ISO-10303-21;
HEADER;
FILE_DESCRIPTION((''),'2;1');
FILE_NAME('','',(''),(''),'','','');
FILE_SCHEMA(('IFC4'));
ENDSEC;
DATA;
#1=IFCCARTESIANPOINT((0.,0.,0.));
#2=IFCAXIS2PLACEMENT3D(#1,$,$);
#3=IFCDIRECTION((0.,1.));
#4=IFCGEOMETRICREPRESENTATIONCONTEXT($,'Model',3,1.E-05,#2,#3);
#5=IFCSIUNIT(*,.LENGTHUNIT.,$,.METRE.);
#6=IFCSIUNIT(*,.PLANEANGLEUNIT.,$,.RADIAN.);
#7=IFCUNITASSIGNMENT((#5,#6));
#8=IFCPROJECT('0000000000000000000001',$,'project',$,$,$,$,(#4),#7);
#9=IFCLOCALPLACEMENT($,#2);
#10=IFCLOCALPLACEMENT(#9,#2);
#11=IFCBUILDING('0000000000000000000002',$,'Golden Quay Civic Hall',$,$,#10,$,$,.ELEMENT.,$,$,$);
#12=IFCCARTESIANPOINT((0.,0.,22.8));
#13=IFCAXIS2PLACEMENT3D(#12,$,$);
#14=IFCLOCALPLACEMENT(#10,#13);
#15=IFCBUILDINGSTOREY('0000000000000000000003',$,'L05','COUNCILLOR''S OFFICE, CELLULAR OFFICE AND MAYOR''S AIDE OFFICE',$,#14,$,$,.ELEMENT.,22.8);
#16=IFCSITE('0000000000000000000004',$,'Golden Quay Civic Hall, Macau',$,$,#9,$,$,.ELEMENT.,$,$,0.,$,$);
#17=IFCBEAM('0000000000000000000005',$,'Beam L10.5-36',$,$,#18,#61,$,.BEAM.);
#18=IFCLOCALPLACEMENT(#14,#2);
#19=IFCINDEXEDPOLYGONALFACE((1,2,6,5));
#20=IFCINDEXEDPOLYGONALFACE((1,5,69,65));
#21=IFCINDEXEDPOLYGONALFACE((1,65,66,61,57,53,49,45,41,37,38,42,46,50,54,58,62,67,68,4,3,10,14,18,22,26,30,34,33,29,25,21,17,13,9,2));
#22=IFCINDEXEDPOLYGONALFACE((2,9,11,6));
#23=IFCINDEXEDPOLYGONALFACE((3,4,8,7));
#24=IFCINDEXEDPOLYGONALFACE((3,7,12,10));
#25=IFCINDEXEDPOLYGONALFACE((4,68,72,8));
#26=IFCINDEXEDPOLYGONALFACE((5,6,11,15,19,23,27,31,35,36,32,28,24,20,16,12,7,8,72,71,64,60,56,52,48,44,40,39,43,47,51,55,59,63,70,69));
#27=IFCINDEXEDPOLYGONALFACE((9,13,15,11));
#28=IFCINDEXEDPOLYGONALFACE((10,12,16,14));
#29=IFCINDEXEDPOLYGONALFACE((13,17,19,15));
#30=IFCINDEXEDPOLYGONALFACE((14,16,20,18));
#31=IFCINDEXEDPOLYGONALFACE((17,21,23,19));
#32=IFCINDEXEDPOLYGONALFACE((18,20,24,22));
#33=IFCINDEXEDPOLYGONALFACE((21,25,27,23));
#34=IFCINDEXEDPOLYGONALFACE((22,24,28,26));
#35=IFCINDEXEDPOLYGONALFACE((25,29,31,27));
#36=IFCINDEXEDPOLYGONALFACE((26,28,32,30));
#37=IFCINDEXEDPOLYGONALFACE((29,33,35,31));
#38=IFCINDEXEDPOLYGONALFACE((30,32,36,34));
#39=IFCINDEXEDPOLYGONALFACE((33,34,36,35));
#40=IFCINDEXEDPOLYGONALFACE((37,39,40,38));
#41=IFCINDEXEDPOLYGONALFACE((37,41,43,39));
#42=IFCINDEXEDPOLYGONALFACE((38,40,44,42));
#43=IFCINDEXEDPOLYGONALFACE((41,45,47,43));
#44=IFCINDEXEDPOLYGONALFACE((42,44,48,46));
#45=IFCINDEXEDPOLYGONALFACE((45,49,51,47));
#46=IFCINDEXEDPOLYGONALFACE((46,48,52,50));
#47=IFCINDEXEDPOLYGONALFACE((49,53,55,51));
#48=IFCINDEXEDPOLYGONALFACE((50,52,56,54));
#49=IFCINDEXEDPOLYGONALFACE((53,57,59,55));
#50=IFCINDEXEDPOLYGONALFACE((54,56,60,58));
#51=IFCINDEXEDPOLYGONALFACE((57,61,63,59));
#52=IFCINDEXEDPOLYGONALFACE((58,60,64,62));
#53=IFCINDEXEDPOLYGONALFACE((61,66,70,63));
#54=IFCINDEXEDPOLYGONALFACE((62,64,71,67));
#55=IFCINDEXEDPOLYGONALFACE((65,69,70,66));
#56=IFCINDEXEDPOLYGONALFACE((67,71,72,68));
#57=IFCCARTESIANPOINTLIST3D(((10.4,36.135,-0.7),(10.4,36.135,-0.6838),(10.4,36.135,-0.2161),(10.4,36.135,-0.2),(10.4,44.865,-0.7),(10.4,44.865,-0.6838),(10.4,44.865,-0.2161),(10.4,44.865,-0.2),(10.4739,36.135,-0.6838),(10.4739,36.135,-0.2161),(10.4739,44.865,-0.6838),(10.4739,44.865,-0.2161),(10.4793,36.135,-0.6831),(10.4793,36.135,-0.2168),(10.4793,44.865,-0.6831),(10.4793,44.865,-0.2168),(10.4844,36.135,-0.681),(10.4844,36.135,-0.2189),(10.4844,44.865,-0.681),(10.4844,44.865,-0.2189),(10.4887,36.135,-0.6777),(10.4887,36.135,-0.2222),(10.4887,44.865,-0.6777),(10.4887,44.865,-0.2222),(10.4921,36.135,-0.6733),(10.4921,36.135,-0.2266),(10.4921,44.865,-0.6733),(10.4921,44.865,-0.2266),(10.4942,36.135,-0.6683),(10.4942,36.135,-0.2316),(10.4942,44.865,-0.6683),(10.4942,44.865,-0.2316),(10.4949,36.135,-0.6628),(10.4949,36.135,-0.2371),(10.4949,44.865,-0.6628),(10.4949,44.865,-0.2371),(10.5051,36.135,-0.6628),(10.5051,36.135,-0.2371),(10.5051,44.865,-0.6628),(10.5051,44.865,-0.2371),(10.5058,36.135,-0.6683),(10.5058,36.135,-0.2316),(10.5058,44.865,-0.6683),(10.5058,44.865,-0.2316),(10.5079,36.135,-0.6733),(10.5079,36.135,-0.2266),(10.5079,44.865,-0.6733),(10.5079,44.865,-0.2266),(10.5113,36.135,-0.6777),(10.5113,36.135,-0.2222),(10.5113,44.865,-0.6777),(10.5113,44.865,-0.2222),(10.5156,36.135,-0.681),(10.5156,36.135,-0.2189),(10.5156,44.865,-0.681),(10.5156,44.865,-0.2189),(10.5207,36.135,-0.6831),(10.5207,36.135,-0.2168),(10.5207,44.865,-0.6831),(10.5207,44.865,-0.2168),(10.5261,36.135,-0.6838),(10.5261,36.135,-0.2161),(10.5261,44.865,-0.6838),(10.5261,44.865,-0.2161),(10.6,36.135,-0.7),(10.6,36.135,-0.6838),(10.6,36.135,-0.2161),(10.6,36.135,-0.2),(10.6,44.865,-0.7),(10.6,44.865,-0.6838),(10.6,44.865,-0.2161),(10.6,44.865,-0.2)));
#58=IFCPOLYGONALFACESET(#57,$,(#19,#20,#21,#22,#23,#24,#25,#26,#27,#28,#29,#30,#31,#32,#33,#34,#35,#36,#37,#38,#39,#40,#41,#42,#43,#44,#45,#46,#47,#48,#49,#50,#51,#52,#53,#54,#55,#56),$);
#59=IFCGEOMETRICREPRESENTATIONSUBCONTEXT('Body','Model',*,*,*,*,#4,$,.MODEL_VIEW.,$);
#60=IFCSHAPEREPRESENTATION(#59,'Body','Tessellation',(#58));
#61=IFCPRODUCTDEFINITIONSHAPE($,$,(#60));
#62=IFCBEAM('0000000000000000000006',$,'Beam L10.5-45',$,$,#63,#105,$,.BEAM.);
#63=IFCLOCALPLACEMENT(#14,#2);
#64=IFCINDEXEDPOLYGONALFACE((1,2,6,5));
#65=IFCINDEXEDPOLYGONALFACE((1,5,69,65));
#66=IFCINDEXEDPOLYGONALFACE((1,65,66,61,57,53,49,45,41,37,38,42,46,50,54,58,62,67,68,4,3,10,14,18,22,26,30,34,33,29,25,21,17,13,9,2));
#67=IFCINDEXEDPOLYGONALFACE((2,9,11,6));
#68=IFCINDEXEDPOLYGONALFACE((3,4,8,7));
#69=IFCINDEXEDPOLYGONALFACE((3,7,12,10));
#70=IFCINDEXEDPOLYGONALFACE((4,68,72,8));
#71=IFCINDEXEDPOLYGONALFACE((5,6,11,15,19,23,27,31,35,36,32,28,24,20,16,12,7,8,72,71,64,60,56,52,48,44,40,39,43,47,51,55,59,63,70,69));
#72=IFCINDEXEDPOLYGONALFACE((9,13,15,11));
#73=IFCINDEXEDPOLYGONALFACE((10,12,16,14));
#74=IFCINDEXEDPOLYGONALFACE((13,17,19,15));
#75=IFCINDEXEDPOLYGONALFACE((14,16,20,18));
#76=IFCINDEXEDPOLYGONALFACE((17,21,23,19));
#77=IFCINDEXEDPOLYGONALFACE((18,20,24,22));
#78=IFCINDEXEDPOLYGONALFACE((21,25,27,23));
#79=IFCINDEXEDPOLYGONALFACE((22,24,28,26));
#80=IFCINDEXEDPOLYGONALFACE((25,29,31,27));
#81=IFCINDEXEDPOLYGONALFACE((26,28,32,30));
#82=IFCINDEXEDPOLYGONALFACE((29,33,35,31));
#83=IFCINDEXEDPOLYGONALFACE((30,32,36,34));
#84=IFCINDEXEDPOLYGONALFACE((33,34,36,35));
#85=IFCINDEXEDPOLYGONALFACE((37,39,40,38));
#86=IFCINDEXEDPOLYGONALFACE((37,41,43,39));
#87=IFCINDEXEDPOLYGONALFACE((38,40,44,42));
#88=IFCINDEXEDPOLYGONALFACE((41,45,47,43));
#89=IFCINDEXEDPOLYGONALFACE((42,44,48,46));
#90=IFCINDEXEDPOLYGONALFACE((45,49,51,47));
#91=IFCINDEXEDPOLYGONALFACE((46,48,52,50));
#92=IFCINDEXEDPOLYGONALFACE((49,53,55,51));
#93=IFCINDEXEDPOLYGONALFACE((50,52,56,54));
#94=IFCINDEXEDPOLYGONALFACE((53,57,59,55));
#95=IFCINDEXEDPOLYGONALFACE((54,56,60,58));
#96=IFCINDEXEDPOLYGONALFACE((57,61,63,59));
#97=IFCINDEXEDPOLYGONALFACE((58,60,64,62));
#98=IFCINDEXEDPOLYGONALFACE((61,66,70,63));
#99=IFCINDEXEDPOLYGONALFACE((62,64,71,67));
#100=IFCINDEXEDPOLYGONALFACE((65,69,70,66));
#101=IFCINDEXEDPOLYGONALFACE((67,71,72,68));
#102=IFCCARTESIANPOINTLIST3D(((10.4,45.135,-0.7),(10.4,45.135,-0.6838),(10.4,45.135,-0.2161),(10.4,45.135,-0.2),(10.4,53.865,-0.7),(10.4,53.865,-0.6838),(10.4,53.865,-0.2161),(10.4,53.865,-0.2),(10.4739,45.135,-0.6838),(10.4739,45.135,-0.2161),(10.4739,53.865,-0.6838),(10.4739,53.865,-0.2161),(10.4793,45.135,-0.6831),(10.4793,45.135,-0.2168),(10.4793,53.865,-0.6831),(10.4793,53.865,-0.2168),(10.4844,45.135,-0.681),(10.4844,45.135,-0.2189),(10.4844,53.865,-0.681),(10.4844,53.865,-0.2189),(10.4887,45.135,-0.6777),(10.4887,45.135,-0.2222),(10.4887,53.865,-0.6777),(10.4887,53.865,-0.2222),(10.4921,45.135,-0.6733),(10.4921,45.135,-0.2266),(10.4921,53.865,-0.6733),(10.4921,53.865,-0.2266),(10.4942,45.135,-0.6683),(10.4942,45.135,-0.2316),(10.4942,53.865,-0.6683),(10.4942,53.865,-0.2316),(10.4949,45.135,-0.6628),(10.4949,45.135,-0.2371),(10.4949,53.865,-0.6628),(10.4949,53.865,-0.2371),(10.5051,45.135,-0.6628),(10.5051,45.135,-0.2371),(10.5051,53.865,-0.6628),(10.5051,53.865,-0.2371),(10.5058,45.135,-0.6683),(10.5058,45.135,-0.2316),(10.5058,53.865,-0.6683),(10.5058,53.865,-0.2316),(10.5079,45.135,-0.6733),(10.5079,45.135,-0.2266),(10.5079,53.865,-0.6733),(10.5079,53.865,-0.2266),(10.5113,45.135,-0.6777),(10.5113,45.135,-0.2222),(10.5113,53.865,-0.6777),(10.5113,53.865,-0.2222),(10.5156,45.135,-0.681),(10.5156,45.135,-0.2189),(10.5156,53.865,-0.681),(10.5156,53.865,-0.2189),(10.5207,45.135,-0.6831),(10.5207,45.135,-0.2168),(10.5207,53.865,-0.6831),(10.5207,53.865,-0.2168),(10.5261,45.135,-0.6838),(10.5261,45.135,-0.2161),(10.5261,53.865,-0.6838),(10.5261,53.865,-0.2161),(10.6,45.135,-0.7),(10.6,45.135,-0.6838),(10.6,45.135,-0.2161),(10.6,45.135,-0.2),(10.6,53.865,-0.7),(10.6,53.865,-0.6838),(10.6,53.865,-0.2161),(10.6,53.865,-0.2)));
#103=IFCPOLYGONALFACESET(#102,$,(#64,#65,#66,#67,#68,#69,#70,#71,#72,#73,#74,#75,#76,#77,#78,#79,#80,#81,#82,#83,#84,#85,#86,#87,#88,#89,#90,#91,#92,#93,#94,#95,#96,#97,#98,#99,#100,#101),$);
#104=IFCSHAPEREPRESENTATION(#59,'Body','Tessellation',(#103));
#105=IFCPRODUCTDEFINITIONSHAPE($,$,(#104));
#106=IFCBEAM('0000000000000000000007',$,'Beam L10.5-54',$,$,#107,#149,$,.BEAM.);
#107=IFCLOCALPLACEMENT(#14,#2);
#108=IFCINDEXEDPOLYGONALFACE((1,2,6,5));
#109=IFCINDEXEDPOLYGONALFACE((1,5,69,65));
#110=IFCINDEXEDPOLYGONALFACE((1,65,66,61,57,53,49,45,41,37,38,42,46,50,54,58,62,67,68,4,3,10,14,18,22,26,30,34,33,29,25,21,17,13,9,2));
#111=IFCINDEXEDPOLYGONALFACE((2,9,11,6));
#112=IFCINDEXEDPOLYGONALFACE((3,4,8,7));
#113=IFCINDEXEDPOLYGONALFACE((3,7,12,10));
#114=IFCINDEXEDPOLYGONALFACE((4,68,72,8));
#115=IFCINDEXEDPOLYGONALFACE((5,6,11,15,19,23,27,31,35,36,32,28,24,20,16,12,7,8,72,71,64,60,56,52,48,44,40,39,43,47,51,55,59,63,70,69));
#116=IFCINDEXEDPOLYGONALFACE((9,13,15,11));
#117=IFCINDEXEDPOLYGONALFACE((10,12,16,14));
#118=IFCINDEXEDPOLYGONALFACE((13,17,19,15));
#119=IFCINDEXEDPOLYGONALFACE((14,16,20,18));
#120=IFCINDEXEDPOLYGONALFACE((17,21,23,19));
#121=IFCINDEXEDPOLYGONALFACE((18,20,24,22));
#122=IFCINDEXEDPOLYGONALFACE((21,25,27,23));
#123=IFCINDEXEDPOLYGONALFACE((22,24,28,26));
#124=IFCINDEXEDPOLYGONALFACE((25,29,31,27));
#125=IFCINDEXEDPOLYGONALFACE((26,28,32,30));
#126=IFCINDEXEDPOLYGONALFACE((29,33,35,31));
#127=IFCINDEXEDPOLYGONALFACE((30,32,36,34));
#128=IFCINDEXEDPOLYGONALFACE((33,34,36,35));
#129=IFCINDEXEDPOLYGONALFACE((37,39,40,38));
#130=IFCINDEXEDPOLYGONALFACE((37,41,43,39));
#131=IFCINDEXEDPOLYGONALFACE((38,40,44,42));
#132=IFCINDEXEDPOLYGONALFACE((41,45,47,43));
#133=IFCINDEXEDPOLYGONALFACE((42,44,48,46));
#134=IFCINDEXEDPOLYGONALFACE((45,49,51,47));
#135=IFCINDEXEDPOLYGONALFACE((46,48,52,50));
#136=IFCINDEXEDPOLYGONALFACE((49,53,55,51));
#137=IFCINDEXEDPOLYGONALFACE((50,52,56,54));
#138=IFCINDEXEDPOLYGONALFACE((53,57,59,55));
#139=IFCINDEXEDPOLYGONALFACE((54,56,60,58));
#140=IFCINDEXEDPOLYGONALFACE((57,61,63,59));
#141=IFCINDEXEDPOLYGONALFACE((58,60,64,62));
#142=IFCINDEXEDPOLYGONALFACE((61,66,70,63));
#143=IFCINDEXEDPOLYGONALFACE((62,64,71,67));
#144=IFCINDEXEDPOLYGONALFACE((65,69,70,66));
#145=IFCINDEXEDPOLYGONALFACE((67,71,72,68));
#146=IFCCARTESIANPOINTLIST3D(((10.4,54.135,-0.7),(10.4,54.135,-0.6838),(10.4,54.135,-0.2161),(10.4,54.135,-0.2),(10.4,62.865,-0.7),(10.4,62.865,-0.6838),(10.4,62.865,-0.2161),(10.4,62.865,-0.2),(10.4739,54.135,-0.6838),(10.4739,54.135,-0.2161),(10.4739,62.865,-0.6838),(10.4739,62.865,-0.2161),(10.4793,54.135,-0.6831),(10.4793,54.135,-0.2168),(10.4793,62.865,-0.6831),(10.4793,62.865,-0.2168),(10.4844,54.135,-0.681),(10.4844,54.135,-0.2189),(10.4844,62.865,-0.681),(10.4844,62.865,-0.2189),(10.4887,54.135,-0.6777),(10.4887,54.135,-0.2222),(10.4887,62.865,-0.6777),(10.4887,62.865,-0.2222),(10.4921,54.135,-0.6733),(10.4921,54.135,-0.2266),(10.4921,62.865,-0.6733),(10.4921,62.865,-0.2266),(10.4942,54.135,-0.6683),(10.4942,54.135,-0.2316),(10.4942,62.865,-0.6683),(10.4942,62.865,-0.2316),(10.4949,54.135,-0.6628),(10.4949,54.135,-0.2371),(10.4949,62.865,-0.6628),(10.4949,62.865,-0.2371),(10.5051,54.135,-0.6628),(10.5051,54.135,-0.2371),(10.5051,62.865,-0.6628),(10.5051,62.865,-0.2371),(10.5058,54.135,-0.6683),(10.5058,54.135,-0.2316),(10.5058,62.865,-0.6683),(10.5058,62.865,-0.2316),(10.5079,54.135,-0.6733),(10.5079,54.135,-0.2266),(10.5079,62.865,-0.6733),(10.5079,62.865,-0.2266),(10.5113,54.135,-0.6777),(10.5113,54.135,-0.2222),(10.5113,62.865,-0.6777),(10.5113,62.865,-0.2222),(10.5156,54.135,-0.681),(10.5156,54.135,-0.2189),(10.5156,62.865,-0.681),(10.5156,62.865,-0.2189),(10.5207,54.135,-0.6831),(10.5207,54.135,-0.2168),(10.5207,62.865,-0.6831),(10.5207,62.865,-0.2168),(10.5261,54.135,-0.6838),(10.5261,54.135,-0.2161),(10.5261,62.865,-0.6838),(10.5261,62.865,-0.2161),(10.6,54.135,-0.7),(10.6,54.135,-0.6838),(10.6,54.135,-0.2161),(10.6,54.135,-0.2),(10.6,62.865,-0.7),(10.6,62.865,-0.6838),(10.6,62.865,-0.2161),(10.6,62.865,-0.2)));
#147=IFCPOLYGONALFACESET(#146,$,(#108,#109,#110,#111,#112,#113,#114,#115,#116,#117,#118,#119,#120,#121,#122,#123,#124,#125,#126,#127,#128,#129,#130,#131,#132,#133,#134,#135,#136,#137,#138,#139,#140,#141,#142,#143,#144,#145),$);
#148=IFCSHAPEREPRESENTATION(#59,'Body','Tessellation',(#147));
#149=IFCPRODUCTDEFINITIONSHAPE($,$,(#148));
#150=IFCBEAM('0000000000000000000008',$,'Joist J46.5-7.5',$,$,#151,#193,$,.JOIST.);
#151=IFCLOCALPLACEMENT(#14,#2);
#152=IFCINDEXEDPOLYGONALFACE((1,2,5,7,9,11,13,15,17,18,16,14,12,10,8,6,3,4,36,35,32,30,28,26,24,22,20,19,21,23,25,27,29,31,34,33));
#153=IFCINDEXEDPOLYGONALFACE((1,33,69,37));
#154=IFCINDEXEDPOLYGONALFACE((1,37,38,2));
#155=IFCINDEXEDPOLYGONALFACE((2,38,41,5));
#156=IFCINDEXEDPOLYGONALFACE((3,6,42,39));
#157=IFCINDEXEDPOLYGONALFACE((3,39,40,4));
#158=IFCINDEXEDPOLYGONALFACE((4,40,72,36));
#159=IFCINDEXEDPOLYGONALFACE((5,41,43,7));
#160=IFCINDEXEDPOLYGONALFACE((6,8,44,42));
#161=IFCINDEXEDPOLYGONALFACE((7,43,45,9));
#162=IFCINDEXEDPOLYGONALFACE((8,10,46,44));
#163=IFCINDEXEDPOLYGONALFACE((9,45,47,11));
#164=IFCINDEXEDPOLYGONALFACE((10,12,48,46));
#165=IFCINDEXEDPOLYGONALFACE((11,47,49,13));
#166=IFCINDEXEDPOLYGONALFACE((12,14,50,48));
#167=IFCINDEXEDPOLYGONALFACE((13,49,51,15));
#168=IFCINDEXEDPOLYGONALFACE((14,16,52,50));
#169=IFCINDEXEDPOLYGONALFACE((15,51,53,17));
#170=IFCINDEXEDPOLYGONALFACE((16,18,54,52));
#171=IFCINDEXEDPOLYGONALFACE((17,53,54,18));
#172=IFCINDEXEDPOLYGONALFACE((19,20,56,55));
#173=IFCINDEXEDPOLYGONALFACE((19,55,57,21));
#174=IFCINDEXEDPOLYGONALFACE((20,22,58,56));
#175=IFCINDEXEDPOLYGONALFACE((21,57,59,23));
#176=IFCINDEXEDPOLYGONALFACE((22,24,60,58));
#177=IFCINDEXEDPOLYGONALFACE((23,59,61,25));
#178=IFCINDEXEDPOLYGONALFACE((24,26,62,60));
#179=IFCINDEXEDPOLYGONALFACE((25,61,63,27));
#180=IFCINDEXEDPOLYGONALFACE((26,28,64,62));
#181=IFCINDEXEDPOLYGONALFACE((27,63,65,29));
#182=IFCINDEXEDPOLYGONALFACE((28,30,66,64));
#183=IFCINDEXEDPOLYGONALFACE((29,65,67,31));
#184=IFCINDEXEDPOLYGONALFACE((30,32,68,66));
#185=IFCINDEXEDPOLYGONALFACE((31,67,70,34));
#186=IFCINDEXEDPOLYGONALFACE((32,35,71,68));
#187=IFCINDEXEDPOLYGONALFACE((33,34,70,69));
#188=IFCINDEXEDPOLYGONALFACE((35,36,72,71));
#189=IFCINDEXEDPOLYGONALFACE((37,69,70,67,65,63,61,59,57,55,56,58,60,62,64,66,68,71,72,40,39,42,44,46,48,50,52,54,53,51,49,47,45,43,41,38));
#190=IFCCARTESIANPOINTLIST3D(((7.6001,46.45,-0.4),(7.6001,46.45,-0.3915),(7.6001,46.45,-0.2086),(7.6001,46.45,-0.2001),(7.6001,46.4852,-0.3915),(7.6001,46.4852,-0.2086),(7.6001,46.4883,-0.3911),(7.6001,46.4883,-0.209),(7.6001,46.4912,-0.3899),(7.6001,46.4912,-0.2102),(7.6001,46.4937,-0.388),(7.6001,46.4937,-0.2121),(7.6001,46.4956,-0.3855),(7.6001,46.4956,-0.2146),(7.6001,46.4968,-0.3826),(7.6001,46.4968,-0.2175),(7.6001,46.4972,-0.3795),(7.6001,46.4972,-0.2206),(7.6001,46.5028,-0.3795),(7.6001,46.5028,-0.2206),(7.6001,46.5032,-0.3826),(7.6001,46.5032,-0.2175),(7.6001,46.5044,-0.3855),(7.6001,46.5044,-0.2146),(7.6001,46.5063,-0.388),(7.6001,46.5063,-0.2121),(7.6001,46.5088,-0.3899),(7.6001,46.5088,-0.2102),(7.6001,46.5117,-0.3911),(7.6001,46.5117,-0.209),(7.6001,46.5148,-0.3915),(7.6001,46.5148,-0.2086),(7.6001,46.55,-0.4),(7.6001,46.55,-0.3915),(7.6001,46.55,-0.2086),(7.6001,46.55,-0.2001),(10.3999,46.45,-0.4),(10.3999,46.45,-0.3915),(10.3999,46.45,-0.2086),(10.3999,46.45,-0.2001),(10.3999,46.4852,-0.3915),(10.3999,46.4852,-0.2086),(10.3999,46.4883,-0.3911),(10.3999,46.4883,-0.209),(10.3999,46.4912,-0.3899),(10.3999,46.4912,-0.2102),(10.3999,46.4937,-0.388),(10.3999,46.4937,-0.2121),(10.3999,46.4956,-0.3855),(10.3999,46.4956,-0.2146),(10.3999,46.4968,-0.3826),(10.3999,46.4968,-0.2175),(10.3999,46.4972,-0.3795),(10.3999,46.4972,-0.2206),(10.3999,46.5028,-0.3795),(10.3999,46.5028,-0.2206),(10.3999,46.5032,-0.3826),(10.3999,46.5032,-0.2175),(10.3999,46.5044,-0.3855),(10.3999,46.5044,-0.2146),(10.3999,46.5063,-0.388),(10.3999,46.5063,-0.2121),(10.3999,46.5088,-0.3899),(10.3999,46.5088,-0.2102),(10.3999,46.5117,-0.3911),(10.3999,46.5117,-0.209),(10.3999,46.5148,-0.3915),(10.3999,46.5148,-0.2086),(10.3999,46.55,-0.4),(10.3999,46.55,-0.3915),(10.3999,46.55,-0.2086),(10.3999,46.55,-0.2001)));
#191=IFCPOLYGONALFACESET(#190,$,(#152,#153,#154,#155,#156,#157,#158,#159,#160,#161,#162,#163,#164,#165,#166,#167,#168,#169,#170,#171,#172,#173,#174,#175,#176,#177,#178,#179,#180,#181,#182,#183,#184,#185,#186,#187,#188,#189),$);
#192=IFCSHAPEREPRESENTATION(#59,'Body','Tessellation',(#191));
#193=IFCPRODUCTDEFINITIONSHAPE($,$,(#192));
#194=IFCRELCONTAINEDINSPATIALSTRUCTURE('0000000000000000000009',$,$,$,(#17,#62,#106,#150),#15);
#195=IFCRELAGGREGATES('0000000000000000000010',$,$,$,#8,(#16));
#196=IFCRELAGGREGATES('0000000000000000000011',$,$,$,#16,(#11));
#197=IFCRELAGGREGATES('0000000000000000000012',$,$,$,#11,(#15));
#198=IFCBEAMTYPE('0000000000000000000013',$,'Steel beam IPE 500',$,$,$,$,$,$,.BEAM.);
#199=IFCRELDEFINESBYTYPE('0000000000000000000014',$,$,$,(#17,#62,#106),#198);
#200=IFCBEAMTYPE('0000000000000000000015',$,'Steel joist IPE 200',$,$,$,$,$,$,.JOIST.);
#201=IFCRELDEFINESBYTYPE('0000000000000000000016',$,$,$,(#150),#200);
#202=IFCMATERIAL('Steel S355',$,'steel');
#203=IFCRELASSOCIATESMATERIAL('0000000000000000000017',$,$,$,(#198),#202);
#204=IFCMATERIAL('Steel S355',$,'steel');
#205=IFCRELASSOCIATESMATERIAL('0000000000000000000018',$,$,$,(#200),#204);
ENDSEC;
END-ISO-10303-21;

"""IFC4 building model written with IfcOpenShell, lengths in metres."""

from ifc_helpers import new_model, si_unit, direction, frame, origin, origin_2d, place, context, subcontext, project, spatial, i_section, extrude, material, material_profile, profile_set, type_object, element, save


model = new_model("IFC4")

# Units and contexts
model_context = context("Model", 3, precision=1e-05, world=origin(), true_north=direction((0.0, 1.0)))
body_context = subcontext(model_context, "Body", "Model", "MODEL_VIEW")
ifc_project = project(units=[si_unit("LENGTHUNIT", "METRE"), si_unit("PLANEANGLEUNIT", "RADIAN")], contexts=[model_context])

# Site, building, storey
site_placement = place(None, origin())
site = spatial("IfcSite", under=ifc_project, at=site_placement, Name="Golden Quay Civic Hall, Macau", CompositionType="ELEMENT", RefElevation=0.0)
building_placement = place(site_placement, origin())
building = spatial("IfcBuilding", under=site, at=building_placement, Name="Golden Quay Civic Hall", CompositionType="ELEMENT")
storey_placement = place(building_placement, frame((0.0, 0.0, 22.8)))
storey = spatial("IfcBuildingStorey", under=building, at=storey_placement, Name="L05", Description="COUNCILLOR'S OFFICE, CELLULAR OFFICE AND MAYOR'S AIDE OFFICE", CompositionType="ELEMENT", Elevation=22.8)

# Beams
ifc_material_1 = material(Name="Steel S355", Category="steel")
ifc_material_profile_1 = material_profile(ifc_material_1, i_section(OverallWidth=0.2, OverallDepth=0.5, WebThickness=0.0103, FlangeThickness=0.0161, FilletRadius=0.021, at=origin_2d()), Name="IPE 500")
ifc_profile_set_1 = profile_set([ifc_material_profile_1], Name="Steel S355")
beam_type_1 = type_object("IfcBeamType", Name="Steel beam IPE 500", PredefinedType="BEAM", material=ifc_profile_set_1)
for number, where, z_axis, x_axis, name in (
    (1, (10.5, 36.135, -0.45), (0.0, 1.0, 0.0), (-1.0, 0.0, 0.0), "Beam L10.5-36"),
    (2, (10.5, 45.135, -0.45), (0.0, 1.0, 0.0), (-1.0, 0.0, 0.0), "Beam L10.5-45"),
    (3, (10.5, 54.135, -0.45), (0.0, 1.0, 0.0), (-1.0, 0.0, 0.0), "Beam L10.5-54"),
):
    element("IfcBeam", number, at=place(storey_placement, frame(where, z_axis=z_axis, x_axis=x_axis)), inside=storey, type_object=beam_type_1, Name=name, PredefinedType="BEAM", context=body_context, shape_type="SweptSolid", body=[
        extrude(i_section(OverallWidth=0.2, OverallDepth=0.5, WebThickness=0.0103, FlangeThickness=0.0161, FilletRadius=0.021, at=origin_2d()), origin(), (0.0, 0.0, 1.0), 8.73),
    ])
ifc_material_2 = material(Name="Steel S355", Category="steel")
ifc_material_profile_2 = material_profile(ifc_material_2, i_section(OverallWidth=0.1001, OverallDepth=0.2, WebThickness=0.0056, FlangeThickness=0.0085, FilletRadius=0.012, at=origin_2d()), Name="IPE 200")
ifc_profile_set_2 = profile_set([ifc_material_profile_2], Name="Steel S355")
beam_type_2 = type_object("IfcBeamType", Name="Steel joist IPE 200", PredefinedType="JOIST", material=ifc_profile_set_2)
for number, where, z_axis, x_axis, name in (
    (4, (7.6001, 46.5, -0.3), (1.0, 0.0, 0.0), (0.0, 1.0, 0.0), "Joist J46.5-7.5"),
):
    element("IfcBeam", number, at=place(storey_placement, frame(where, z_axis=z_axis, x_axis=x_axis)), inside=storey, type_object=beam_type_2, Name=name, PredefinedType="JOIST", context=body_context, shape_type="SweptSolid", body=[
        extrude(i_section(OverallWidth=0.1001, OverallDepth=0.2, WebThickness=0.0056, FlangeThickness=0.0085, FilletRadius=0.012, at=origin_2d()), origin(), (0.0, 0.0, 1.0), 2.7998),
    ])

save(model, "model.ifc")
